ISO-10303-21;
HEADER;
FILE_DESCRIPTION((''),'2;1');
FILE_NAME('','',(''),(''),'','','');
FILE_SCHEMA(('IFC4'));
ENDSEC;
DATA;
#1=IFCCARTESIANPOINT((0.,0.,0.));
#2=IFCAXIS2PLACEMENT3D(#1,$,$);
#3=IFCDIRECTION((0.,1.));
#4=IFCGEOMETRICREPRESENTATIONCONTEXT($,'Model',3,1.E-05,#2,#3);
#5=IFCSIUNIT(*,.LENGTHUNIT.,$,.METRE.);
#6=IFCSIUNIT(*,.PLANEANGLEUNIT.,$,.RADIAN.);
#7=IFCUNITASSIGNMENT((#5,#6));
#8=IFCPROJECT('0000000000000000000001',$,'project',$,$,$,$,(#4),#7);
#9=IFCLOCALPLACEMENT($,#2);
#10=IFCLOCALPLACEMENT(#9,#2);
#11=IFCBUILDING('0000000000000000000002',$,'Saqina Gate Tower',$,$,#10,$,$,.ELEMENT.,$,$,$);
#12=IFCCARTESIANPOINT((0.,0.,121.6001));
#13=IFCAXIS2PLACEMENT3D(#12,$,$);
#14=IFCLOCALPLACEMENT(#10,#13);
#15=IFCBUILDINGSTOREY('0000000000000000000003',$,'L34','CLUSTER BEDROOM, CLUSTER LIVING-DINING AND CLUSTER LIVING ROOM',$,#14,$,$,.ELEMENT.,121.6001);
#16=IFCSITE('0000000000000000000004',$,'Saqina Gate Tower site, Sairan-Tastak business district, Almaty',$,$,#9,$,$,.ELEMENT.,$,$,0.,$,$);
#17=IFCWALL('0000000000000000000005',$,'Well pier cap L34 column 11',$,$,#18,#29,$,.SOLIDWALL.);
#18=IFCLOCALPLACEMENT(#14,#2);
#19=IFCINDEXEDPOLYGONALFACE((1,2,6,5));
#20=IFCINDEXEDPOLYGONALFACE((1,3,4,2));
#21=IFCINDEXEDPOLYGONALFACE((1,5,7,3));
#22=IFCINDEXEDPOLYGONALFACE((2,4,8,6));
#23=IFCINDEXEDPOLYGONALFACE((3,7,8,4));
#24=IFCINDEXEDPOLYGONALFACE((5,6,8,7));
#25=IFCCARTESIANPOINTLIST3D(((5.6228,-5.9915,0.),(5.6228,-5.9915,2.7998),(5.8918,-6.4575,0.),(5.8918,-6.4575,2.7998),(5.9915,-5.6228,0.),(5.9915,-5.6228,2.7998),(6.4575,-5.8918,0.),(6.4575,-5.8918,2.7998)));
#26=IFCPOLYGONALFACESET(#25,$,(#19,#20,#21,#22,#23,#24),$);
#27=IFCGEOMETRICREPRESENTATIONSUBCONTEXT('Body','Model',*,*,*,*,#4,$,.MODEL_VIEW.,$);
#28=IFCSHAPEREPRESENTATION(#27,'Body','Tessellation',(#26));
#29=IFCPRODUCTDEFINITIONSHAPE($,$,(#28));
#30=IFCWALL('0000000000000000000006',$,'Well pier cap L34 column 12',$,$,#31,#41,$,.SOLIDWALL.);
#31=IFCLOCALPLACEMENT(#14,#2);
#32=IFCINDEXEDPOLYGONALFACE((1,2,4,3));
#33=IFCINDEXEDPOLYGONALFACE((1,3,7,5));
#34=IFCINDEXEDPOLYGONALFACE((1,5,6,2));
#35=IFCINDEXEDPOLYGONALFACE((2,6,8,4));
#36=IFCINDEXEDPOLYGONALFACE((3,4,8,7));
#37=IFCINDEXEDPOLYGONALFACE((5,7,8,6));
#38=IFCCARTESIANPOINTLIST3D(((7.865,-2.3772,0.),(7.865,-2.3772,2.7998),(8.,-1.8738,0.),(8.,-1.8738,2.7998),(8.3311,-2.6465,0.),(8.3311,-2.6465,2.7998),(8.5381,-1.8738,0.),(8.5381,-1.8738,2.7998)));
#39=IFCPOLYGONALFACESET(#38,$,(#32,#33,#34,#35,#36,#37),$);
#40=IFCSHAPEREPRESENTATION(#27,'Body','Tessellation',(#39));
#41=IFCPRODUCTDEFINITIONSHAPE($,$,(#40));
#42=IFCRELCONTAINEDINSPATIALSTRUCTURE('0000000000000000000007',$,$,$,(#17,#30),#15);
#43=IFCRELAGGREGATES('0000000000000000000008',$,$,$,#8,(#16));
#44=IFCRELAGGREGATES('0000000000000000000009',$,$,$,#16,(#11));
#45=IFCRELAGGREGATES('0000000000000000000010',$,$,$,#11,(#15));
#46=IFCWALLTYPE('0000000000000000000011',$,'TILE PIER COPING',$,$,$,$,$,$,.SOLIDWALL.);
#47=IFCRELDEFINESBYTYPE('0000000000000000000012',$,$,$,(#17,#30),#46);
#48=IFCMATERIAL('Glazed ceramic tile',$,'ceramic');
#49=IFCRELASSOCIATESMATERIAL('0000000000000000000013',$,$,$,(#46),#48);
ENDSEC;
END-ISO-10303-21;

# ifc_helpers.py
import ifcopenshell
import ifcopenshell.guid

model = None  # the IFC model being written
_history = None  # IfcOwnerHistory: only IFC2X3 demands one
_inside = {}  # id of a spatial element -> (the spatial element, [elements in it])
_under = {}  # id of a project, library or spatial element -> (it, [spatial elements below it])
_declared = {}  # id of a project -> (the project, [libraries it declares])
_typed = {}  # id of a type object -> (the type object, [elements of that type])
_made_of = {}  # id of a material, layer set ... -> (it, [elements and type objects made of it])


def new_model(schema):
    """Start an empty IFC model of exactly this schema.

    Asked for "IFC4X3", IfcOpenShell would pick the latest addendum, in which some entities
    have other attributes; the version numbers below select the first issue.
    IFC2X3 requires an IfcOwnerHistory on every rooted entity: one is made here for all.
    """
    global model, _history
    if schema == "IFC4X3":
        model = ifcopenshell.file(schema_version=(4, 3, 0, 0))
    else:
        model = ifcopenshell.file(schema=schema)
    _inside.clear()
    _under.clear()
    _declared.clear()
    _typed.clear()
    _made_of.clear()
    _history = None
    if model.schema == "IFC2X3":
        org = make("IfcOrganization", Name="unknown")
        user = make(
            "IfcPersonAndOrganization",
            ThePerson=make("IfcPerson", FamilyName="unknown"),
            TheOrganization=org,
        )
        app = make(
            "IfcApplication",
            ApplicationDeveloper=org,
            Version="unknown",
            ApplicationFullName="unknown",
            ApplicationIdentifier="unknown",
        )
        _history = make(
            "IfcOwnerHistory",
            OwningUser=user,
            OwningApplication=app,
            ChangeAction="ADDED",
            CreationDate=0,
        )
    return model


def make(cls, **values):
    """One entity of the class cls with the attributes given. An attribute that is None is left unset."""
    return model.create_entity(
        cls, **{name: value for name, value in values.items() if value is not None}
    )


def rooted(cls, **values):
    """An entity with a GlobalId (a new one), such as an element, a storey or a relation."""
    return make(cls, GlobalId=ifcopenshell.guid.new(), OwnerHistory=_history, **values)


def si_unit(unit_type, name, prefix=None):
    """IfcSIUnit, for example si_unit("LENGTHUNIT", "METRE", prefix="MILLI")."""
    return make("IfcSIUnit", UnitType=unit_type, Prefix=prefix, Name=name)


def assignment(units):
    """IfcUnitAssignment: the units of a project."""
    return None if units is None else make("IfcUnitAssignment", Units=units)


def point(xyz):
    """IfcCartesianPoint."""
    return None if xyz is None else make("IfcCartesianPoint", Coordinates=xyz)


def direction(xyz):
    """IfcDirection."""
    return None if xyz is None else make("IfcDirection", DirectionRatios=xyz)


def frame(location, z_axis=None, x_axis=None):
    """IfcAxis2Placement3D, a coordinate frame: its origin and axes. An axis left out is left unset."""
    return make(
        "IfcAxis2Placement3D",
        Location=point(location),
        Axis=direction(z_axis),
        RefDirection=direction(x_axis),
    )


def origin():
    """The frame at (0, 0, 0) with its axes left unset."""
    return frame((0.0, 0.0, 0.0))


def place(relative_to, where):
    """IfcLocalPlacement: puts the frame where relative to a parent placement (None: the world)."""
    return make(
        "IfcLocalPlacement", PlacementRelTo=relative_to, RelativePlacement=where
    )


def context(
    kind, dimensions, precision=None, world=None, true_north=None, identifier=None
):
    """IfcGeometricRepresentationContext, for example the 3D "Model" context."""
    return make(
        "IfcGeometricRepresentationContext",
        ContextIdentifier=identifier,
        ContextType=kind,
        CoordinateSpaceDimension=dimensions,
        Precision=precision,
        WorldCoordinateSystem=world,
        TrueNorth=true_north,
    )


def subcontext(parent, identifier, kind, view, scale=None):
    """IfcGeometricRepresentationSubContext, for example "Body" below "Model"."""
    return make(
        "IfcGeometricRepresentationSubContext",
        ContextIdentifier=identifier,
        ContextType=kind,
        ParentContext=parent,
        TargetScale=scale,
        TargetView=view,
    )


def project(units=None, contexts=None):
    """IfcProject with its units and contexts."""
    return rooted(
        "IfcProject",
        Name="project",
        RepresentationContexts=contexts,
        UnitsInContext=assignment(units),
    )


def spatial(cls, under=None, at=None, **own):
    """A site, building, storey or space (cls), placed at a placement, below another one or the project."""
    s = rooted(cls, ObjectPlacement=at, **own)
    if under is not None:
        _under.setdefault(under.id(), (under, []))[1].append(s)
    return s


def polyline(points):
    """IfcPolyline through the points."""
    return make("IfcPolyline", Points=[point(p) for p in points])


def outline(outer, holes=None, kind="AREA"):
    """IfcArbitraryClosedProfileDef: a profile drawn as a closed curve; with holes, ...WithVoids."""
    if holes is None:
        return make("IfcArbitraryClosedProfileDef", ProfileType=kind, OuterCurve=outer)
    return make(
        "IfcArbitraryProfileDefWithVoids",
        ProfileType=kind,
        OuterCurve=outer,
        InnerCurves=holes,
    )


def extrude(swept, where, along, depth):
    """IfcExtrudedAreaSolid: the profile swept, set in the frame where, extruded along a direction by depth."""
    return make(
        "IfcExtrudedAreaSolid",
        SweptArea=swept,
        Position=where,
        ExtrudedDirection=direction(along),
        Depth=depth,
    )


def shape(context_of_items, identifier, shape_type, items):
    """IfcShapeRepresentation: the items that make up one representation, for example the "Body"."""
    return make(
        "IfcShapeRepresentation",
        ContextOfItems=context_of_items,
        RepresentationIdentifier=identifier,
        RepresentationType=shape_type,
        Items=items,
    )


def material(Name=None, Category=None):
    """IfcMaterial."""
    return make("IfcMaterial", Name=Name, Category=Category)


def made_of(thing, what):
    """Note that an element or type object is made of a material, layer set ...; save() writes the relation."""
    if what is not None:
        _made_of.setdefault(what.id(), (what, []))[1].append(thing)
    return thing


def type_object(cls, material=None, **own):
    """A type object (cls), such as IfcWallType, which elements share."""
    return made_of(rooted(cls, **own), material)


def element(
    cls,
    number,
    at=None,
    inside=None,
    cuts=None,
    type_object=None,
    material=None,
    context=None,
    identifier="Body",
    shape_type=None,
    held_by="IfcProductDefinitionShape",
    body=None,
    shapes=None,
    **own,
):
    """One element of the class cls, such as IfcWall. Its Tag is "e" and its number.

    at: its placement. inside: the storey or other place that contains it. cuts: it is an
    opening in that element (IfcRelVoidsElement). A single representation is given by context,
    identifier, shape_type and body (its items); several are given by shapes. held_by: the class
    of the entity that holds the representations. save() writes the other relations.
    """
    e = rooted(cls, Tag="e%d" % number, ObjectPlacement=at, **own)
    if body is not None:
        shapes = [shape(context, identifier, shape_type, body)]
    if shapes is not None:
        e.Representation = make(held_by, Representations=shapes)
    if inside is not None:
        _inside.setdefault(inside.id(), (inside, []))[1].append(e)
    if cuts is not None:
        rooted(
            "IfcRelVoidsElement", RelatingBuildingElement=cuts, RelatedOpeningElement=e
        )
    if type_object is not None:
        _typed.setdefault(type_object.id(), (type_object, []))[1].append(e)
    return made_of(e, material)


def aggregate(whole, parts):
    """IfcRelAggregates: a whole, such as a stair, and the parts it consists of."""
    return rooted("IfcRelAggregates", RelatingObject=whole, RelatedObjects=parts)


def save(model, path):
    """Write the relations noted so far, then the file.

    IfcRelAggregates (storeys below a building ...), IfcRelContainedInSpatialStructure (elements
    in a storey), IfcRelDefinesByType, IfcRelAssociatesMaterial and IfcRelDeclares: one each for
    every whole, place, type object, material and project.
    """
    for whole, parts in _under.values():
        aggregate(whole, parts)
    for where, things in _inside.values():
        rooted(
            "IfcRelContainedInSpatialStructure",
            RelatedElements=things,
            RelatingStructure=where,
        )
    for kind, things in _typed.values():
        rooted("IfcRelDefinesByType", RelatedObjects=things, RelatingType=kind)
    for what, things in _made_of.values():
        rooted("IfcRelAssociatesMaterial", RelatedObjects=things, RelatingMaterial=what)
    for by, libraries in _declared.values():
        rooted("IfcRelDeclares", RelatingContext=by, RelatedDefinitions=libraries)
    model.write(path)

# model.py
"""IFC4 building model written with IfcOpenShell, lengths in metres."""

from ifc_helpers import new_model, si_unit, direction, frame, origin, place, context, subcontext, project, spatial, polyline, outline, extrude, material, type_object, element, save


model = new_model("IFC4")

# Units and contexts
model_context = context("Model", 3, precision=1e-05, world=origin(), true_north=direction((0.0, 1.0)))
body_context = subcontext(model_context, "Body", "Model", "MODEL_VIEW")
ifc_project = project(units=[si_unit("LENGTHUNIT", "METRE"), si_unit("PLANEANGLEUNIT", "RADIAN")], contexts=[model_context])

# Site, building, storey
site_placement = place(None, origin())
site = spatial("IfcSite", under=ifc_project, at=site_placement, Name="Saqina Gate Tower site, Sairan-Tastak business district, Almaty", CompositionType="ELEMENT", RefElevation=0.0)
building_placement = place(site_placement, origin())
building = spatial("IfcBuilding", under=site, at=building_placement, Name="Saqina Gate Tower", CompositionType="ELEMENT")
storey_placement = place(building_placement, frame((0.0, 0.0, 121.6001)))
storey = spatial("IfcBuildingStorey", under=building, at=storey_placement, Name="L34", Description="CLUSTER BEDROOM, CLUSTER LIVING-DINING AND CLUSTER LIVING ROOM", CompositionType="ELEMENT", Elevation=121.6001)

# Walls
ifc_material_1 = material(Name="Glazed ceramic tile", Category="ceramic")
wall_type_1 = type_object("IfcWallType", Name="TILE PIER COPING", PredefinedType="SOLIDWALL", material=ifc_material_1)
wall_1_placement = place(storey_placement, origin())
element("IfcWall", 1, at=wall_1_placement, inside=storey, type_object=wall_type_1, Name="Well pier cap L34 column 11", PredefinedType="SOLIDWALL", context=body_context, shape_type="SweptSolid", body=[
    extrude(outline(polyline([(5.8918, -6.4575), (6.4575, -5.8918), (5.9915, -5.6228), (5.6228, -5.9915), (5.8918, -6.4575)])), origin(), (0.0, 0.0, 1.0), 2.7998),
])
wall_2_placement = place(storey_placement, origin())
element("IfcWall", 2, at=wall_2_placement, inside=storey, type_object=wall_type_1, Name="Well pier cap L34 column 12", PredefinedType="SOLIDWALL", context=body_context, shape_type="SweptSolid", body=[
    extrude(outline(polyline([(8.5381, -1.8738), (8.0, -1.8738), (7.865, -2.3772), (8.3311, -2.6465), (8.5381, -1.8738)])), origin(), (0.0, 0.0, 1.0), 2.7998),
])

save(model, "model.ifc")
